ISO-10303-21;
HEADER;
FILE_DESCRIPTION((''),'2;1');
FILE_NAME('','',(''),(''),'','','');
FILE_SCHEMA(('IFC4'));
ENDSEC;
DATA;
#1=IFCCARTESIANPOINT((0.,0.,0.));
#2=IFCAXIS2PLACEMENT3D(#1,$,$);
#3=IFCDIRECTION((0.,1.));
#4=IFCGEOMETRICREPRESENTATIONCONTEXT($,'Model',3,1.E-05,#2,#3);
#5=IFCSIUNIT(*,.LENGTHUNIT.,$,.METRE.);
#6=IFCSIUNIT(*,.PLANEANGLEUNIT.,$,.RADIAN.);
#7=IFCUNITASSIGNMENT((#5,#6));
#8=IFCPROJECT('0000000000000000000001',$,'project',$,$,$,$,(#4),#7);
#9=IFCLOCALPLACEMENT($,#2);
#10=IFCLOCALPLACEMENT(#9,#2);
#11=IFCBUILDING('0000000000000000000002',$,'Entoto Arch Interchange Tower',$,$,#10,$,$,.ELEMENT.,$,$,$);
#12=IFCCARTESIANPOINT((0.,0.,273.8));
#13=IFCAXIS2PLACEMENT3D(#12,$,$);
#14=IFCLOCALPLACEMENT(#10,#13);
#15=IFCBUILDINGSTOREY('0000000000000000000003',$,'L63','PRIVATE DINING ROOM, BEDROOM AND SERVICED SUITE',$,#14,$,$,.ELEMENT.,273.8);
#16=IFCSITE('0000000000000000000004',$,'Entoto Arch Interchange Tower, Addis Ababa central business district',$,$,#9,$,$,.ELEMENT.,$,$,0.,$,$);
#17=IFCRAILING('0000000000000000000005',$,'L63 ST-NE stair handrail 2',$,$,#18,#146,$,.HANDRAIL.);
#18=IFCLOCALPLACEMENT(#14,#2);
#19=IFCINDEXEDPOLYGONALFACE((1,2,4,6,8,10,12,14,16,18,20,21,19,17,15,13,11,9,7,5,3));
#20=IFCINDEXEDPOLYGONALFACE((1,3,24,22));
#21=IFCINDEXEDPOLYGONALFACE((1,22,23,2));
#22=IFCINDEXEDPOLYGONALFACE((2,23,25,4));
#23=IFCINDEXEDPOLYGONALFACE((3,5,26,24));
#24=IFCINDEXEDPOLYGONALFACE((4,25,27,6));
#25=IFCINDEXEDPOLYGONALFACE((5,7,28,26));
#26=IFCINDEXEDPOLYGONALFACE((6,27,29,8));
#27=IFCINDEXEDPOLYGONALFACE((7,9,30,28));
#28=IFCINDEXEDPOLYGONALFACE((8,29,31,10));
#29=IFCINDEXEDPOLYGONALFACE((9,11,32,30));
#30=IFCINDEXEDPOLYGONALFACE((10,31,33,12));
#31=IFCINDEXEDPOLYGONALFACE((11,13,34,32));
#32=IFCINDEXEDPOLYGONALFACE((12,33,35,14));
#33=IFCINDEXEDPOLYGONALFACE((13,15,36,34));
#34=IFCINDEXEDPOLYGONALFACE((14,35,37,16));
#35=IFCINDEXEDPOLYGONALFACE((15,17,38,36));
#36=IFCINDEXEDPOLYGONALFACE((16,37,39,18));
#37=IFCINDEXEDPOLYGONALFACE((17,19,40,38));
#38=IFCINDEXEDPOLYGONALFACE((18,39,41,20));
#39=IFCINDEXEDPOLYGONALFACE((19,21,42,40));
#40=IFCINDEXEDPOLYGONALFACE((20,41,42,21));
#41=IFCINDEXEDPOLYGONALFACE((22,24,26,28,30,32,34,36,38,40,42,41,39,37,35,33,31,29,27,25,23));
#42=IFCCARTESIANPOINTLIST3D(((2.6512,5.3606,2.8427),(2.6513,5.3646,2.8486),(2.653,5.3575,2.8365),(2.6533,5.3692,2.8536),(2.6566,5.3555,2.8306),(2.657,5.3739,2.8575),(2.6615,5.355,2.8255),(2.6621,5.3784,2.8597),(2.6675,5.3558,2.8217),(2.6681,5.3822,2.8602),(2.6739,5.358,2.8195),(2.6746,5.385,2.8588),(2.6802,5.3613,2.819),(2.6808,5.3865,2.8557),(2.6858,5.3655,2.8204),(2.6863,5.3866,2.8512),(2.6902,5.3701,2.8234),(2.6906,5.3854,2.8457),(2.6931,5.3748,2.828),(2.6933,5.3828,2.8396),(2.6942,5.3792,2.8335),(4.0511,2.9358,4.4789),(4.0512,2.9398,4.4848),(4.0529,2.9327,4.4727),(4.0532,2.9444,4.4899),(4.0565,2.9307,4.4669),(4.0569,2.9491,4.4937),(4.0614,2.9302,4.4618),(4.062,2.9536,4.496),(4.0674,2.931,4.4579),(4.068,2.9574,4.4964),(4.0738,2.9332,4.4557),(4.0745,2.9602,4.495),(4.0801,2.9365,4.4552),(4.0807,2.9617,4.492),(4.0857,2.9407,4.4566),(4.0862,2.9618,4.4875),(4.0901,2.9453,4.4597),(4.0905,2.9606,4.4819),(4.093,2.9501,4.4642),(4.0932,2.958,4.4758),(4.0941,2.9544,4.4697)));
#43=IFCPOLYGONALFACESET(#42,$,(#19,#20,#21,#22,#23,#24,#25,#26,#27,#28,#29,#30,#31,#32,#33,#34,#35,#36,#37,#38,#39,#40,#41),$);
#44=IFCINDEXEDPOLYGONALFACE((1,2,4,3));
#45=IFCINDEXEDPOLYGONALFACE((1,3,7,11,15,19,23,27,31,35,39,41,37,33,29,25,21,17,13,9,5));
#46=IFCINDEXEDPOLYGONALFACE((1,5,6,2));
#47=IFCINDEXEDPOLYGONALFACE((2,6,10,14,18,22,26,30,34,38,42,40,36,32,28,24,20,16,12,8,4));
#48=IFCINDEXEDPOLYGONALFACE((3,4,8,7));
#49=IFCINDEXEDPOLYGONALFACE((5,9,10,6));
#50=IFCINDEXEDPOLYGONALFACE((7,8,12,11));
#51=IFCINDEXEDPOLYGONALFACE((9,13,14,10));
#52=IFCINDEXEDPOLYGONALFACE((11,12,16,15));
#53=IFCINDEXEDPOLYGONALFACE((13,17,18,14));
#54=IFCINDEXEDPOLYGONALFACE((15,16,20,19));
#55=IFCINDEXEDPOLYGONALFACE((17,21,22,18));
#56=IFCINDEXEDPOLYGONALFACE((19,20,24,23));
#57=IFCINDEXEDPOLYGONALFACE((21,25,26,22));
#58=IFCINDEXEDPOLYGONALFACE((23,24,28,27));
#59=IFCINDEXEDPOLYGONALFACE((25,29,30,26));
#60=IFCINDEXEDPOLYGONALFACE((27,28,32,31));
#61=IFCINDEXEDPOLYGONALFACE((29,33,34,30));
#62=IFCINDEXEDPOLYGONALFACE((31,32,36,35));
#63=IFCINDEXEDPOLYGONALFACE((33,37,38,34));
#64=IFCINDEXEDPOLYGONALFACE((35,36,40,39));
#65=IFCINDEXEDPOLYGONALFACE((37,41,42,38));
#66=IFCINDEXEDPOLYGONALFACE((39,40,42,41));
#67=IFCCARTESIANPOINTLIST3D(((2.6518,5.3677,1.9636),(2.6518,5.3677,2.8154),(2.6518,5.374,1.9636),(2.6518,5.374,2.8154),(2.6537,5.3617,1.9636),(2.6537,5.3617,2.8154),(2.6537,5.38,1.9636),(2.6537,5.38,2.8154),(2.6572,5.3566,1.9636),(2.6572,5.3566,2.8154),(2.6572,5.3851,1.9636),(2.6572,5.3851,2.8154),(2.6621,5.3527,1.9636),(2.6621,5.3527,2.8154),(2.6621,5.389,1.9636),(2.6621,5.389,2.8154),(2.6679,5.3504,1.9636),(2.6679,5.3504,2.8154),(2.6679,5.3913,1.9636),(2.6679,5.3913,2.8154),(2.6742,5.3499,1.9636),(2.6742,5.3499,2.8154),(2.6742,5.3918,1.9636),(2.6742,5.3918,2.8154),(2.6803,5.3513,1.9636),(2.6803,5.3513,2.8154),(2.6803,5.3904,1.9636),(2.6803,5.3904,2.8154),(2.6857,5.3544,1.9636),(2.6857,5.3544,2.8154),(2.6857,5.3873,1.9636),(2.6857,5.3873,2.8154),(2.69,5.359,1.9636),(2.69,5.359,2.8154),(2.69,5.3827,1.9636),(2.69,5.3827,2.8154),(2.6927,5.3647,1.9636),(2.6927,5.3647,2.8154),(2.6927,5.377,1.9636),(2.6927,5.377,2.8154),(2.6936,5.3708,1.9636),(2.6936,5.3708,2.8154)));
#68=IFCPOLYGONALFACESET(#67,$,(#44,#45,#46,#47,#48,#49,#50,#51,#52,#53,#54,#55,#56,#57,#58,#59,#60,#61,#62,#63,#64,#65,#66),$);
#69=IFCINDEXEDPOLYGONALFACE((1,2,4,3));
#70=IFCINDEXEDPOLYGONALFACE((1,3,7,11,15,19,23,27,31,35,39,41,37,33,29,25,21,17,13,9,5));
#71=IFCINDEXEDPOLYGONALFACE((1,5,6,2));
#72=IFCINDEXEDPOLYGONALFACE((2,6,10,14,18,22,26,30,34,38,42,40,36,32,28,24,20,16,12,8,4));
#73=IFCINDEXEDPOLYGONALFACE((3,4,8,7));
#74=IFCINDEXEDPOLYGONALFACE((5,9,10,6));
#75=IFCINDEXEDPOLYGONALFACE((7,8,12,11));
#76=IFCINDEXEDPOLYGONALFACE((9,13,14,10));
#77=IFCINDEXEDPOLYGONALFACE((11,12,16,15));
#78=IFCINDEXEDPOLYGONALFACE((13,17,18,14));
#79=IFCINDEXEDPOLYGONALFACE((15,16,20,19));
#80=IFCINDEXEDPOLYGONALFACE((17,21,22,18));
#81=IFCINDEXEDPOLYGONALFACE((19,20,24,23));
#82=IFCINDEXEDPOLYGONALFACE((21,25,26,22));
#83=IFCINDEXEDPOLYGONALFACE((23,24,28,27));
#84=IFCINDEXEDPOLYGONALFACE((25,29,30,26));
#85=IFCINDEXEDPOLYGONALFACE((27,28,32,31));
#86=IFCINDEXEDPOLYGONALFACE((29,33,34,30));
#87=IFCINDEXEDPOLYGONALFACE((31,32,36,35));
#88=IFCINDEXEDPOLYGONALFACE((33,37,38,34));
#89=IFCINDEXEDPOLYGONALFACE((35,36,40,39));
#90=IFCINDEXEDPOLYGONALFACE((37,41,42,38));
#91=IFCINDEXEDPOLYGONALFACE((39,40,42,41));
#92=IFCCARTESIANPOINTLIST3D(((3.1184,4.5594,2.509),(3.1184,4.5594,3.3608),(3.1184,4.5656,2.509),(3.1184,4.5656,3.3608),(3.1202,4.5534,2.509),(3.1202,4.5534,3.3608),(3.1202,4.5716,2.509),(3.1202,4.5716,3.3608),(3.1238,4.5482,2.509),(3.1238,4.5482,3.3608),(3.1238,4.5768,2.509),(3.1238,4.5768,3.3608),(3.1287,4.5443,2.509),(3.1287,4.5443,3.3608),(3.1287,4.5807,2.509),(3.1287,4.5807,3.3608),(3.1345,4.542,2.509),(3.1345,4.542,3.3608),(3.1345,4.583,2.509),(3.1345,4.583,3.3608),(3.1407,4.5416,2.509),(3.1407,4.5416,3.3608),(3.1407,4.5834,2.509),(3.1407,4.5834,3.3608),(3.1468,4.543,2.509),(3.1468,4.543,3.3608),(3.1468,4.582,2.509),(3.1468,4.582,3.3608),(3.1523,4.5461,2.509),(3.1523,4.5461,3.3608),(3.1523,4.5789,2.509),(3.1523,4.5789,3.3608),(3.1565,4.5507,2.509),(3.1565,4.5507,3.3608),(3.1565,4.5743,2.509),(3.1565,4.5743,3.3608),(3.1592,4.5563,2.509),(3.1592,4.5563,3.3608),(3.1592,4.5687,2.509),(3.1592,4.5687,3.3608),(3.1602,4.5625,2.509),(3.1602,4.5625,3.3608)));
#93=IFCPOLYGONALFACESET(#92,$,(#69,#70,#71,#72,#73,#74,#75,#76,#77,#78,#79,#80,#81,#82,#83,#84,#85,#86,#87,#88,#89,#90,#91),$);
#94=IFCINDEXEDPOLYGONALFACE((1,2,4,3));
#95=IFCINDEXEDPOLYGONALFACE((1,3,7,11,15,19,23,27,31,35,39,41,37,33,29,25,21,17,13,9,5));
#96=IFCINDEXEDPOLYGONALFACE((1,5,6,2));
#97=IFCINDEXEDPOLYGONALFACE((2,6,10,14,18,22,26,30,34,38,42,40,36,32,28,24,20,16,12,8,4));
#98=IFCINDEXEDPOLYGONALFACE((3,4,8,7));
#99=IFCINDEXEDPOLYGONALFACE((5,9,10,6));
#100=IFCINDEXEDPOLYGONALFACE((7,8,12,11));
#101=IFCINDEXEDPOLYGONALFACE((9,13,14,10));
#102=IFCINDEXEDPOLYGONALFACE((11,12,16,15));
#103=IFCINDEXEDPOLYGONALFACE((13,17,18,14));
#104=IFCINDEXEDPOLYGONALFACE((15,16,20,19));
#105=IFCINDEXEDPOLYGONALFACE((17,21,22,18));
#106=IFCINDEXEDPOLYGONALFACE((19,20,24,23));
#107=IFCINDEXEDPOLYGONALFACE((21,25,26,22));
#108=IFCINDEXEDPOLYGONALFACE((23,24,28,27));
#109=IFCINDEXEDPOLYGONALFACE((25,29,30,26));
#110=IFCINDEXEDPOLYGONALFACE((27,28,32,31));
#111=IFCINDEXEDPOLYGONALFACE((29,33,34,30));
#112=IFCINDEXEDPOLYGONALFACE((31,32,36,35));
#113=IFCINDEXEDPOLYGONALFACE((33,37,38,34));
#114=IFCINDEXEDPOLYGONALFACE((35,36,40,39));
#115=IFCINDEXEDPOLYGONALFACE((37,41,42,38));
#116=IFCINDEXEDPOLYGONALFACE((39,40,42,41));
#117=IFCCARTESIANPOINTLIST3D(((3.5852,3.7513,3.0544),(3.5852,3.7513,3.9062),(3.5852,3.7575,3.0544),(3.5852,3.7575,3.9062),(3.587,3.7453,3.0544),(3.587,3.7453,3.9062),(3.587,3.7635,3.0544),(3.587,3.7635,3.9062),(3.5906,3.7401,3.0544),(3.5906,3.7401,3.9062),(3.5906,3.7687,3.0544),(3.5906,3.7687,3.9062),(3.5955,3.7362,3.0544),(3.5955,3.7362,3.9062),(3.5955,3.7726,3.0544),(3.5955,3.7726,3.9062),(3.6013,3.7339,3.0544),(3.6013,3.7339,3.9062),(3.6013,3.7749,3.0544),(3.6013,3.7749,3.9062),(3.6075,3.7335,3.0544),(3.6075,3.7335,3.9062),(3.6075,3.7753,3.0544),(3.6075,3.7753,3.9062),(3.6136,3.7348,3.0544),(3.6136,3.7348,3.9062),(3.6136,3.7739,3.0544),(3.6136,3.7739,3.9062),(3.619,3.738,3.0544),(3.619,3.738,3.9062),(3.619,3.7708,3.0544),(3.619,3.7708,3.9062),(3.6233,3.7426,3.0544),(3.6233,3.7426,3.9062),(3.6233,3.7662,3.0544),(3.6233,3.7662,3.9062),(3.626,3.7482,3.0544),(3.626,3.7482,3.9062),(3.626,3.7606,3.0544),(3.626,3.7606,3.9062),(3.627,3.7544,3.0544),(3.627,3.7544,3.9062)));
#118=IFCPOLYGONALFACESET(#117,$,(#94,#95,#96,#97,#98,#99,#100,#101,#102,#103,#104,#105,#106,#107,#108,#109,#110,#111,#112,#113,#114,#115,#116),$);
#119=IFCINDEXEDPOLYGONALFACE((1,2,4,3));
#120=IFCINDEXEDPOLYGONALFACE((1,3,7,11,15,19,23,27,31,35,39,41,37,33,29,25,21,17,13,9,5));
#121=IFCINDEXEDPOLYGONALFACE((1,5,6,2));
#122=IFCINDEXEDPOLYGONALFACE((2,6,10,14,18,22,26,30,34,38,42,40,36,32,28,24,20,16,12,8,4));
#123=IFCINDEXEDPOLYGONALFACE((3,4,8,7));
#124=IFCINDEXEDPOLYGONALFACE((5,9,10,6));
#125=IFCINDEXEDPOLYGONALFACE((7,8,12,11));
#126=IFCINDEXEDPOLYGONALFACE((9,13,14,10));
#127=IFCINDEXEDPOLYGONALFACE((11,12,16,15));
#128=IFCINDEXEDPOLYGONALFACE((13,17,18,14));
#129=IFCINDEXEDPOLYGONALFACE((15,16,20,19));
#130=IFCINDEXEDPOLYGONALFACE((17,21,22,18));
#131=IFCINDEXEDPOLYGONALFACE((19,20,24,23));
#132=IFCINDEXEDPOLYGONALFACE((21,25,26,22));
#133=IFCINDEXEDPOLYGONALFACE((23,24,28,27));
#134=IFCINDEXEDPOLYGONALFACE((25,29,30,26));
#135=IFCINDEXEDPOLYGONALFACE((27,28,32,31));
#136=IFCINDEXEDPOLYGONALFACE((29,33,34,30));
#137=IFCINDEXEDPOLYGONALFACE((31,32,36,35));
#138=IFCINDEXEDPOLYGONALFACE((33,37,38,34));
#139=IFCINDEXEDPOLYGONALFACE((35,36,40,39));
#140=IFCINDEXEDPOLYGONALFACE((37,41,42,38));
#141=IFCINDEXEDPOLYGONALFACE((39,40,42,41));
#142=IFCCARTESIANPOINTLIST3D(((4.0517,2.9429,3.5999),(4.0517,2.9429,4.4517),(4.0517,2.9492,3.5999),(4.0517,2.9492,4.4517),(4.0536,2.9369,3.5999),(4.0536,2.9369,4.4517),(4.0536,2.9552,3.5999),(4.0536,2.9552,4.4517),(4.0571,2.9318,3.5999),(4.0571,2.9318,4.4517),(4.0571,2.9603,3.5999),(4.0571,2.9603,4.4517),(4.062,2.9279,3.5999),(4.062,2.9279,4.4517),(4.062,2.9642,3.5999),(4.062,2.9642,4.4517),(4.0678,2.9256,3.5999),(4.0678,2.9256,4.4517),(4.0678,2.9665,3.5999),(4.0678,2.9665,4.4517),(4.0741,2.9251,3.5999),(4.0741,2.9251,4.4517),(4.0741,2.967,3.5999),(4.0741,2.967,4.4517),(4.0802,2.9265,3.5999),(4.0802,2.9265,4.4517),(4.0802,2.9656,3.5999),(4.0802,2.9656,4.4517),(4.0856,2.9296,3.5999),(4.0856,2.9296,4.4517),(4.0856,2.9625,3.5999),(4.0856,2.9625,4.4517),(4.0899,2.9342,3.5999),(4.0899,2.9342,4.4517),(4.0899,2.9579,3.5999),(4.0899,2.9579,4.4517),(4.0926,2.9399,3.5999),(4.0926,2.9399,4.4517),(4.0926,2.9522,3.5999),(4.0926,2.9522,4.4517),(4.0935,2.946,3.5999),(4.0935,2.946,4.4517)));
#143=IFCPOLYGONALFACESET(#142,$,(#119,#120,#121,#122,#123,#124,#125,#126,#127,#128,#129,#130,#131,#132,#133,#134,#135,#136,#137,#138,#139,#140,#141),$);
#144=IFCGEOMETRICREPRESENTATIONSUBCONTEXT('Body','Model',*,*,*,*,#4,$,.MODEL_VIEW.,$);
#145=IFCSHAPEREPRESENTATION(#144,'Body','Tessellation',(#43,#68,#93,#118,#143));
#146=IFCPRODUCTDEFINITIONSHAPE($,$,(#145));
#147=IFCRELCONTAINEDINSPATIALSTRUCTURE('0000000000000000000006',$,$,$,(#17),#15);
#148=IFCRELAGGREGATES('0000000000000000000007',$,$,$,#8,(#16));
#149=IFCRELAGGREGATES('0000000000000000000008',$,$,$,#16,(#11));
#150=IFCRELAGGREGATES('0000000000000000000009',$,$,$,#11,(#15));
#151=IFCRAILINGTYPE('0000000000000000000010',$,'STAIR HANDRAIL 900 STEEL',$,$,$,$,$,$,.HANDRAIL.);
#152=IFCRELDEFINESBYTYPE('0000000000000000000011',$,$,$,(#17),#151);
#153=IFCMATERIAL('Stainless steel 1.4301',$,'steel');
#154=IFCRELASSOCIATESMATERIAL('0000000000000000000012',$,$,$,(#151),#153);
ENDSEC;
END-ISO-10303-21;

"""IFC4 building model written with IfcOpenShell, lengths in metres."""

from ifc_helpers import new_model, si_unit, direction, frame, origin, origin_2d, place, context, subcontext, project, spatial, circle, extrude, material, type_object, element, save


model = new_model("IFC4")

# Units and contexts
model_context = context("Model", 3, precision=1e-05, world=origin(), true_north=direction((0.0, 1.0)))
body_context = subcontext(model_context, "Body", "Model", "MODEL_VIEW")
ifc_project = project(units=[si_unit("LENGTHUNIT", "METRE"), si_unit("PLANEANGLEUNIT", "RADIAN")], contexts=[model_context])

# Site, building, storey
site_placement = place(None, origin())
site = spatial("IfcSite", under=ifc_project, at=site_placement, Name="Entoto Arch Interchange Tower, Addis Ababa central business district", CompositionType="ELEMENT", RefElevation=0.0)
building_placement = place(site_placement, origin())
building = spatial("IfcBuilding", under=site, at=building_placement, Name="Entoto Arch Interchange Tower", CompositionType="ELEMENT")
storey_placement = place(building_placement, frame((0.0, 0.0, 273.8)))
storey = spatial("IfcBuildingStorey", under=building, at=storey_placement, Name="L63", Description="PRIVATE DINING ROOM, BEDROOM AND SERVICED SUITE", CompositionType="ELEMENT", Elevation=273.8)

# Railing
ifc_material_1 = material(Name="Stainless steel 1.4301", Category="steel")
railing_type_1 = type_object("IfcRailingType", Name="STAIR HANDRAIL 900 STEEL", PredefinedType="HANDRAIL", material=ifc_material_1)
railing_1_placement = place(storey_placement, frame((2.6726, 5.3708, 1.9636)))
element("IfcRailing", 1, at=railing_1_placement, inside=storey, type_object=railing_type_1, Name="L63 ST-NE stair handrail 2", PredefinedType="HANDRAIL", context=body_context, shape_type="SweptSolid", body=[
    extrude(circle(Radius=0.0239, at=origin_2d()), frame((0.0, 0.0, 0.876), z_axis=(0.431677, -0.747718, 0.504552), x_axis=(0.866035, 0.499984, 0.0)), (0.0, 0.0, 1.0), 3.2429),
    extrude(circle(Radius=0.021, at=origin_2d()), origin(), (0.0, 0.0, 1.0), 0.8518),
    extrude(circle(Radius=0.021, at=origin_2d()), frame((0.4666, -0.8083, 0.5454)), (0.0, 0.0, 1.0), 0.8518),
    extrude(circle(Radius=0.021, at=origin_2d()), frame((0.9333, -1.6165, 1.0908)), (0.0, 0.0, 1.0), 0.8518),
    extrude(circle(Radius=0.021, at=origin_2d()), frame((1.3999, -2.4248, 1.6362)), (0.0, 0.0, 1.0), 0.8518),
])

save(model, "model.ifc")
